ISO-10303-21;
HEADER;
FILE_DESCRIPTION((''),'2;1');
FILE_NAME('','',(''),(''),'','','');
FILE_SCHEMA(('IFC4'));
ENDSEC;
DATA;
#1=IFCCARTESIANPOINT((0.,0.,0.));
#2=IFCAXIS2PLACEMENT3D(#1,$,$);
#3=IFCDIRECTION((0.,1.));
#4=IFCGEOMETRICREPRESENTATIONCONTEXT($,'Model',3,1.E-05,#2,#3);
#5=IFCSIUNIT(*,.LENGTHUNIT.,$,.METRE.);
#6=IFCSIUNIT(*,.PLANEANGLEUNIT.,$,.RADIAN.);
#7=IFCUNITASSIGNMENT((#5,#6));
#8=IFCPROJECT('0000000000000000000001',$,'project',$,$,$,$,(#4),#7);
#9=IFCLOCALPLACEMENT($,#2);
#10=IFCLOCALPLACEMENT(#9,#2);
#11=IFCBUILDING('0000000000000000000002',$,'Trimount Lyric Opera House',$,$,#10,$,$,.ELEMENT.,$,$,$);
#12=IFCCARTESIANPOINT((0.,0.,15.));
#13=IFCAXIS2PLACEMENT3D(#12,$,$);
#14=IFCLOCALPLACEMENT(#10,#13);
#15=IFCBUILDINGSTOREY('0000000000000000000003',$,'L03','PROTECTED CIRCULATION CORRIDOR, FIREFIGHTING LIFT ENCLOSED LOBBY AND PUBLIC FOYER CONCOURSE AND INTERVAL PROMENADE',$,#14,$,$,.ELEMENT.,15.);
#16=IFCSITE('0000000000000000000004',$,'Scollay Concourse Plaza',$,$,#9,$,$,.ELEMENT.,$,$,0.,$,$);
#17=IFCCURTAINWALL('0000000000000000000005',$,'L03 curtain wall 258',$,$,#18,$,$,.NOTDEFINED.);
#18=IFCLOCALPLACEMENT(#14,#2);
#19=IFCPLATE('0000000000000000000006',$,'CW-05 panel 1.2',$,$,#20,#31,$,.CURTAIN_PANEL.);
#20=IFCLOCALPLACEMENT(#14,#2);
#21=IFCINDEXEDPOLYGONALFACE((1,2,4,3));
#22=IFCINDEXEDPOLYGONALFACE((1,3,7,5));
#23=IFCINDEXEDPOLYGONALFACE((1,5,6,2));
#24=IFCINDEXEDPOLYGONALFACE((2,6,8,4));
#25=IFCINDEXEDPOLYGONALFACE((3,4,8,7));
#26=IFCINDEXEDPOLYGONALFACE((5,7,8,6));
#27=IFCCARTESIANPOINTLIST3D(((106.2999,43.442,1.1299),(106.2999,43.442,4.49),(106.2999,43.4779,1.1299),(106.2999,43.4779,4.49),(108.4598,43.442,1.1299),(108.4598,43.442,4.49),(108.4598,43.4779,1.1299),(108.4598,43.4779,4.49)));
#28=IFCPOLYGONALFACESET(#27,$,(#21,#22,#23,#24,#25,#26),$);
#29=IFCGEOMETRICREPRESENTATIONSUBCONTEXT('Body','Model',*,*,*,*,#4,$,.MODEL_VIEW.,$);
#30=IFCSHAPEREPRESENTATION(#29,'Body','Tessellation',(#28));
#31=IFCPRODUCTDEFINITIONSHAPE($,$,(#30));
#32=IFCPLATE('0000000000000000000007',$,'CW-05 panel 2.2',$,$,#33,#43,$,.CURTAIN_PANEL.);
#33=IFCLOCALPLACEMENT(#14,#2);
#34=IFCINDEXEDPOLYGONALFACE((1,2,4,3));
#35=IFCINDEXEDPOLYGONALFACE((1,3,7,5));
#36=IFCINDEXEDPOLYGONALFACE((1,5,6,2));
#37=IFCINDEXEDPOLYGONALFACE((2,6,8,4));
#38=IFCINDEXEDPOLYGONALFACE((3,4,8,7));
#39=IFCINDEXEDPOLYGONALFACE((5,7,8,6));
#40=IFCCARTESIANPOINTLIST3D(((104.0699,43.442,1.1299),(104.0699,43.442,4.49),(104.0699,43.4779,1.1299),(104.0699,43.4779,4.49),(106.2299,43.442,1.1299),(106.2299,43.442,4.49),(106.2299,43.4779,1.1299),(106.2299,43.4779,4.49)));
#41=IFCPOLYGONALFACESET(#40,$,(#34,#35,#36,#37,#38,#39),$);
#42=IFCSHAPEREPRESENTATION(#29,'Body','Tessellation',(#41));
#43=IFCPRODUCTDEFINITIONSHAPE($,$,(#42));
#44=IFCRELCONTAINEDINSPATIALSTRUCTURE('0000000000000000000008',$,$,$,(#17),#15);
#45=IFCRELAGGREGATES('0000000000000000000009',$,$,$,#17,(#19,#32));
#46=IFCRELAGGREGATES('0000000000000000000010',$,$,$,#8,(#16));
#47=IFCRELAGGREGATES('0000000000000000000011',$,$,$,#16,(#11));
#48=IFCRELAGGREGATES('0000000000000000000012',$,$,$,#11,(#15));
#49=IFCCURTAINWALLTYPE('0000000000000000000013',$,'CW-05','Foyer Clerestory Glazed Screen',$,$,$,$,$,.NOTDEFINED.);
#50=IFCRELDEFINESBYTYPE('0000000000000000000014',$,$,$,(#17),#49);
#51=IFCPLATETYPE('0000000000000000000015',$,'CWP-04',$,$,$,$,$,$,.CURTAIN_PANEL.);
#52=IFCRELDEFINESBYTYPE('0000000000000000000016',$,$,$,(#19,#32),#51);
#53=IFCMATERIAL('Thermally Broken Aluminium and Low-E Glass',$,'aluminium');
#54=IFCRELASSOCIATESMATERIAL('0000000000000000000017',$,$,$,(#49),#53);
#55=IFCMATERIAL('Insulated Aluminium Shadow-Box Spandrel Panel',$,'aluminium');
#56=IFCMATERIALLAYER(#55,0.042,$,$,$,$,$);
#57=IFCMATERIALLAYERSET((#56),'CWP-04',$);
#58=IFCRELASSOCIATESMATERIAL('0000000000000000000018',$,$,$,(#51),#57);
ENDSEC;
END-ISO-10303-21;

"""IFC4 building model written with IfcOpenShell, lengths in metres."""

from ifc_helpers import new_model, si_unit, direction, frame, origin, origin_2d, place, context, subcontext, project, spatial, rectangle, extrude, material, layer, layer_set, type_object, element, aggregate, save


model = new_model("IFC4")

# Units and contexts
model_context = context("Model", 3, precision=1e-05, world=origin(), true_north=direction((0.0, 1.0)))
body_context = subcontext(model_context, "Body", "Model", "MODEL_VIEW")
ifc_project = project(units=[si_unit("LENGTHUNIT", "METRE"), si_unit("PLANEANGLEUNIT", "RADIAN")], contexts=[model_context])

# Site, building, storey
site_placement = place(None, origin())
site = spatial("IfcSite", under=ifc_project, at=site_placement, Name="Scollay Concourse Plaza", CompositionType="ELEMENT", RefElevation=0.0)
building_placement = place(site_placement, origin())
building = spatial("IfcBuilding", under=site, at=building_placement, Name="Trimount Lyric Opera House", CompositionType="ELEMENT")
storey_placement = place(building_placement, frame((0.0, 0.0, 15.0)))
storey = spatial("IfcBuildingStorey", under=building, at=storey_placement, Name="L03", Description="PROTECTED CIRCULATION CORRIDOR, FIREFIGHTING LIFT ENCLOSED LOBBY AND PUBLIC FOYER CONCOURSE AND INTERVAL PROMENADE", CompositionType="ELEMENT", Elevation=15.0)

# Curtain wall
ifc_material_1 = material(Name="Thermally Broken Aluminium and Low-E Glass", Category="aluminium")
curtain_wall_type = type_object("IfcCurtainWallType", Name="CW-05", Description="Foyer Clerestory Glazed Screen", PredefinedType="NOTDEFINED", material=ifc_material_1)
curtain_wall_1_placement = place(storey_placement, origin())
curtain_wall_1 = element("IfcCurtainWall", 1, at=curtain_wall_1_placement, inside=storey, type_object=curtain_wall_type, Name="L03 curtain wall 258", PredefinedType="NOTDEFINED")

# Plates
ifc_material_2 = material(Name="Insulated Aluminium Shadow-Box Spandrel Panel", Category="aluminium")
ifc_layer_1 = layer(ifc_material_2, 0.042)
ifc_layer_set_1 = layer_set([ifc_layer_1], Name="CWP-04")
plate_type_1 = type_object("IfcPlateType", Name="CWP-04", PredefinedType="CURTAIN_PANEL", material=ifc_layer_set_1)
plate_1_placement = place(storey_placement, frame((107.3799, 43.46, 1.1299), z_axis=(0.0, 0.0, 1.0), x_axis=(-1.0, 0.0, 0.0)))
plate_1 = element("IfcPlate", 2, at=plate_1_placement, type_object=plate_type_1, Name="CW-05 panel 1.2", PredefinedType="CURTAIN_PANEL", context=body_context, shape_type="SweptSolid", body=[
    extrude(rectangle(XDim=2.1599, YDim=0.0359, at=origin_2d()), origin(), (0.0, 0.0, 1.0), 3.3601),
])
plate_2_placement = place(storey_placement, frame((105.1499, 43.46, 1.1299), z_axis=(0.0, 0.0, 1.0), x_axis=(-1.0, 0.0, 0.0)))
plate_2 = element("IfcPlate", 3, at=plate_2_placement, type_object=plate_type_1, Name="CW-05 panel 2.2", PredefinedType="CURTAIN_PANEL", context=body_context, shape_type="SweptSolid", body=[
    extrude(rectangle(XDim=2.1599, YDim=0.0359, at=origin_2d()), origin(), (0.0, 0.0, 1.0), 3.3601),
])
aggregate(curtain_wall_1, [plate_1, plate_2])

save(model, "model.ifc")
